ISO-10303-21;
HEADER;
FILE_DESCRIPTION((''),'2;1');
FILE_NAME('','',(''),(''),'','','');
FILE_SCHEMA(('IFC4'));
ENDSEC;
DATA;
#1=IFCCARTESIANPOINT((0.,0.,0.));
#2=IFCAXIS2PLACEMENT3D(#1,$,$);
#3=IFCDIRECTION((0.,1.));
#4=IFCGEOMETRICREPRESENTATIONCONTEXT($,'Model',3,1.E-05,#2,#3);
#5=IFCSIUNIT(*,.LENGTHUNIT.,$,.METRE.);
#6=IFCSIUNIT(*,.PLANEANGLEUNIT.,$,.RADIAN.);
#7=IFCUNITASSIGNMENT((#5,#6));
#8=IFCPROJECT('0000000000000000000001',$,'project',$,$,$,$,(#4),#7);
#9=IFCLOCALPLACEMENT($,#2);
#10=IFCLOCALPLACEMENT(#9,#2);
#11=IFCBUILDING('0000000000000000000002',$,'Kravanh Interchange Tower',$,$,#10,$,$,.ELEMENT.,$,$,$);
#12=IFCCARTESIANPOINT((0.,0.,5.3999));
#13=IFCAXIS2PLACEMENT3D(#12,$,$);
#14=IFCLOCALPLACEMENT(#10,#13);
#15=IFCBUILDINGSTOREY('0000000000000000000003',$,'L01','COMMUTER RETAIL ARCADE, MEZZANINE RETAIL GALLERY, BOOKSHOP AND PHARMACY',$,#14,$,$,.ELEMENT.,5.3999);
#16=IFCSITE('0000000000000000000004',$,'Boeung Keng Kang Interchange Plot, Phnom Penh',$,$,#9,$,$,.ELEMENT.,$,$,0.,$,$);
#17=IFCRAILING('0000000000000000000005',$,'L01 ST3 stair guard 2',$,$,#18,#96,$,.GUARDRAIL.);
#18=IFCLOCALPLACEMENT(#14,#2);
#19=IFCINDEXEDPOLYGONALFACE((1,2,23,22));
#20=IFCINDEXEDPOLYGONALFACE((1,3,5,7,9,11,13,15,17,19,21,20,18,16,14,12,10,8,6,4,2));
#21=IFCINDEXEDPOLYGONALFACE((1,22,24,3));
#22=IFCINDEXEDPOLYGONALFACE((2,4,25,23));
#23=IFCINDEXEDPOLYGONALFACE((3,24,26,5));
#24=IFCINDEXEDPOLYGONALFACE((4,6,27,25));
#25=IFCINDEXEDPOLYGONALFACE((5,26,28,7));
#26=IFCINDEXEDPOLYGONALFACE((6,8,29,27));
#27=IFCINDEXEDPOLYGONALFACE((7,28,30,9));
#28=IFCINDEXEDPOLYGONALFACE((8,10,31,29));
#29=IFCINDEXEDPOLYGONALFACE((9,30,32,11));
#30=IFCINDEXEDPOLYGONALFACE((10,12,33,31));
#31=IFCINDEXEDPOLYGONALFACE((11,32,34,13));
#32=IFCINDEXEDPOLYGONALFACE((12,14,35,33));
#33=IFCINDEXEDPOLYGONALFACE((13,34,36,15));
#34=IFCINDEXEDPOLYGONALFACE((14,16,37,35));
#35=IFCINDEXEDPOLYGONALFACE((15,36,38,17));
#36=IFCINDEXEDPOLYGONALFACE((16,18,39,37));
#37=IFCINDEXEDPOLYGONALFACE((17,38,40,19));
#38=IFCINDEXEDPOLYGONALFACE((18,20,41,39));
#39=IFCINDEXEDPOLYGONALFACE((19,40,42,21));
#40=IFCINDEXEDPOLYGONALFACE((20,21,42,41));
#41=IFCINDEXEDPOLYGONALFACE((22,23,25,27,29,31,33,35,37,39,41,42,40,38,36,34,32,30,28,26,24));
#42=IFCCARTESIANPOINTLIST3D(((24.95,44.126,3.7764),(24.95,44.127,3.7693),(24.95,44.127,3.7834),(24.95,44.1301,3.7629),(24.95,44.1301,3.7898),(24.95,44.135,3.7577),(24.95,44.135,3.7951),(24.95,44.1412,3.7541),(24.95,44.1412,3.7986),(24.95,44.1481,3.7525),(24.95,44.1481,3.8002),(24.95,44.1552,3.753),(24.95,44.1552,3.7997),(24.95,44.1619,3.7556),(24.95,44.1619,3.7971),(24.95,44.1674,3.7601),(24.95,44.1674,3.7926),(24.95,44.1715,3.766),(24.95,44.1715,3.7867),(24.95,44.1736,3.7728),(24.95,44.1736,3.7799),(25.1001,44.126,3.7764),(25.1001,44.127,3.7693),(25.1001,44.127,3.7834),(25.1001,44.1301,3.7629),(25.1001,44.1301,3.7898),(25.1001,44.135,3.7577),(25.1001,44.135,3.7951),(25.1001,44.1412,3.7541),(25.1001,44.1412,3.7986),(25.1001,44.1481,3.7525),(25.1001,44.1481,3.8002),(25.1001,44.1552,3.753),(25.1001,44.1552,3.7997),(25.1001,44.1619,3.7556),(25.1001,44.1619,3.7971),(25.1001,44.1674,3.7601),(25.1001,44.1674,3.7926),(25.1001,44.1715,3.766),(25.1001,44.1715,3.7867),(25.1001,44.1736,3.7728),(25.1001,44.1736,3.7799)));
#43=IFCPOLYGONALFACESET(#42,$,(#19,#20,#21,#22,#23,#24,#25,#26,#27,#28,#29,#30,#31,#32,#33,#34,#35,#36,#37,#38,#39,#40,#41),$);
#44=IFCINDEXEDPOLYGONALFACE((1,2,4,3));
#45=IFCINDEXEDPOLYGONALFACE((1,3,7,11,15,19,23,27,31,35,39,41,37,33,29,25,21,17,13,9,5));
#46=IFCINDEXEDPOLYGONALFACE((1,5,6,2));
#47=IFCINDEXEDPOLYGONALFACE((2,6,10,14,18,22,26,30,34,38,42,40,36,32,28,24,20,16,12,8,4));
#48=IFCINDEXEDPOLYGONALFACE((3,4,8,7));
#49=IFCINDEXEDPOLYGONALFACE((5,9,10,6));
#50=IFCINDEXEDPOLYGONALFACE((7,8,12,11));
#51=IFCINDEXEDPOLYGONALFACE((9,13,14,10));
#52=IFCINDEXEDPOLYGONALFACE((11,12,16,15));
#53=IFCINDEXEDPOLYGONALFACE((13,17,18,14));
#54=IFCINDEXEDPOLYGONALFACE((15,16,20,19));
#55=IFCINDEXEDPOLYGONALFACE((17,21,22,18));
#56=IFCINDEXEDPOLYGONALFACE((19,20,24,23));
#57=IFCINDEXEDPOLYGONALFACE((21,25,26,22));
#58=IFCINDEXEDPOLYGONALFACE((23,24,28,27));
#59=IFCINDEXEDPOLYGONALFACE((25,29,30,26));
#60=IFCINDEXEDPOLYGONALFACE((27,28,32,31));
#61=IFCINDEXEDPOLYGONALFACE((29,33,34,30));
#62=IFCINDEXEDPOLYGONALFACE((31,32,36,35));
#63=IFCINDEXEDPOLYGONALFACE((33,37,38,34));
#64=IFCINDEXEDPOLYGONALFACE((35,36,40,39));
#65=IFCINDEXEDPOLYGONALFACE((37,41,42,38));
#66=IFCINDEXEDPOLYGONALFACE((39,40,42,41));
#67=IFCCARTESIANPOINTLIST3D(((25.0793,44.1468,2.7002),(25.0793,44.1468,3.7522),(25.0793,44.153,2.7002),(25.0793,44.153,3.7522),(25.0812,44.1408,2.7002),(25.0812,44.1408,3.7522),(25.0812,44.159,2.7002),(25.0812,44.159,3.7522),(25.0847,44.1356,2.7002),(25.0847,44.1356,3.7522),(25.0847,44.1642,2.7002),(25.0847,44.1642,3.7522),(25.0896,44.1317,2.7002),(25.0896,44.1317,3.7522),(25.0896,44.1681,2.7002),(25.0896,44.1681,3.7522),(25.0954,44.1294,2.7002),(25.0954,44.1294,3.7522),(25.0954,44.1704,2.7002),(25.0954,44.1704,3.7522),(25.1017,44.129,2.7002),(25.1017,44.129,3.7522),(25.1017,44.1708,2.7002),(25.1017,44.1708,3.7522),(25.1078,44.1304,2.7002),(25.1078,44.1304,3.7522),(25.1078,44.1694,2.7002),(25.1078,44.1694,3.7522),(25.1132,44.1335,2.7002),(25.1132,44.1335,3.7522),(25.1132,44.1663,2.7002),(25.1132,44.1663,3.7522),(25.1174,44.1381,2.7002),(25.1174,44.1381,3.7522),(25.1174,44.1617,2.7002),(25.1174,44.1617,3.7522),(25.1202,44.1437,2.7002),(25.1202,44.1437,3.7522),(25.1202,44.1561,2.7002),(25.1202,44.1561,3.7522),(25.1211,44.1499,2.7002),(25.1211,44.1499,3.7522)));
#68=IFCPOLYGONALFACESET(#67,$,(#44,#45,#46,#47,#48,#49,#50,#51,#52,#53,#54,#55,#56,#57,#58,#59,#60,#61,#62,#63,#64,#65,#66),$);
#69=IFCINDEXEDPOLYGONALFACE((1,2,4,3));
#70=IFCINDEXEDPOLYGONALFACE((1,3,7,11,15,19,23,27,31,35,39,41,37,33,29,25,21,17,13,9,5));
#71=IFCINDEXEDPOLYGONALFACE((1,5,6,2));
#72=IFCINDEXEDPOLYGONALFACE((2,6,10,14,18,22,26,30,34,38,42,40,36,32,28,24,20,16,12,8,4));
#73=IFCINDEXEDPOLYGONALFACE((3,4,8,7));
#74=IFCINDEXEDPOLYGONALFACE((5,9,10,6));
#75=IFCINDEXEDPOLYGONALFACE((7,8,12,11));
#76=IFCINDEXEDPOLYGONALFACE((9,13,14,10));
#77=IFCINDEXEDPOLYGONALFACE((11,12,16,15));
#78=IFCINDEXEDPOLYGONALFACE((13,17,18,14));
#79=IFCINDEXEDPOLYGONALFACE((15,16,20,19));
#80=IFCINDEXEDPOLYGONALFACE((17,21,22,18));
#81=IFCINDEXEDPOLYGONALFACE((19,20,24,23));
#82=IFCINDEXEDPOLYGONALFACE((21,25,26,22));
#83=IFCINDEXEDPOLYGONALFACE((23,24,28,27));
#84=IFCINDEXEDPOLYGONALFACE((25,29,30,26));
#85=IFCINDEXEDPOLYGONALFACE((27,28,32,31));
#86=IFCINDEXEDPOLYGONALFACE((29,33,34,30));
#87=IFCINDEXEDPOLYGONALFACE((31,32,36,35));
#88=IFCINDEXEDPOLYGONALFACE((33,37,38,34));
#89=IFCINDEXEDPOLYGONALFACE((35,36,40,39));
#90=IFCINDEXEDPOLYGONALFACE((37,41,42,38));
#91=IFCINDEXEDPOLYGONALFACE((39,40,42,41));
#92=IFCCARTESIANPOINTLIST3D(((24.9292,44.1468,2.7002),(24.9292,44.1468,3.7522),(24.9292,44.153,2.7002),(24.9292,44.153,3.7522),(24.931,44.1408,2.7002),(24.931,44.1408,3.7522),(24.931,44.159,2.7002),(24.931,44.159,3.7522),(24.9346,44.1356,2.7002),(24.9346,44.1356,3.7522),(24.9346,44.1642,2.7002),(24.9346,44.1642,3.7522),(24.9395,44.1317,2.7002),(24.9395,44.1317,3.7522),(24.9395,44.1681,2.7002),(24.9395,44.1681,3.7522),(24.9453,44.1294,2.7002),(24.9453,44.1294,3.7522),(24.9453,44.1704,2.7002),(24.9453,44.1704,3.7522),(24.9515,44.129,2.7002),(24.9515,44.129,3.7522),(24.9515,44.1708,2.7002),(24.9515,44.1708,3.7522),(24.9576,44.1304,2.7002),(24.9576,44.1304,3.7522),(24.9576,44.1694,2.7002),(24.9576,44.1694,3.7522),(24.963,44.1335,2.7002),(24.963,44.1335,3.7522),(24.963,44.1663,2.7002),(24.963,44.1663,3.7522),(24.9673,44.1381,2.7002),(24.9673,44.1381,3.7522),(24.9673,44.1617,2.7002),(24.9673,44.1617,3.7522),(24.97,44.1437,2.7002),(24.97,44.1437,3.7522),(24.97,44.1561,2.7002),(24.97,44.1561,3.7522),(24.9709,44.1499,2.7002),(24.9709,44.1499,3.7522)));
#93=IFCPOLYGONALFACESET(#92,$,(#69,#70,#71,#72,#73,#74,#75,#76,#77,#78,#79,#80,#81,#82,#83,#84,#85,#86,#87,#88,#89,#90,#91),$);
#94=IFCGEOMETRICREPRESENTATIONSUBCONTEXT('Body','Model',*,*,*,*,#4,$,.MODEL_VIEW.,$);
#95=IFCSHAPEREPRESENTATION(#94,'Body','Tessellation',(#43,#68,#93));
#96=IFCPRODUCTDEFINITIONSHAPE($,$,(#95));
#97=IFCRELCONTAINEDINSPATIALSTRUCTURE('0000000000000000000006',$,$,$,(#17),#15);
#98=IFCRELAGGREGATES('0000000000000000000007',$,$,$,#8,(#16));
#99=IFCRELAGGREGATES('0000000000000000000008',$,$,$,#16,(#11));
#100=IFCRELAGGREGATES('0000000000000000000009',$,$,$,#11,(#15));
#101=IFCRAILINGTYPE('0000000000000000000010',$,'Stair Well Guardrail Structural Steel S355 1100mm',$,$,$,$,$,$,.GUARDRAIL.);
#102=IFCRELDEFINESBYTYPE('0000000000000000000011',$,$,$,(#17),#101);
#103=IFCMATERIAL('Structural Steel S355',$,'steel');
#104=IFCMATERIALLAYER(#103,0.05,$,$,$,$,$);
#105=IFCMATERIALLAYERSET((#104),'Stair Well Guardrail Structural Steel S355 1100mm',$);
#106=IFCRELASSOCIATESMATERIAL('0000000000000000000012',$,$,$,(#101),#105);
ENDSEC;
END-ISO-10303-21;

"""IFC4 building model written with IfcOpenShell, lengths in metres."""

from ifc_helpers import new_model, si_unit, direction, frame, origin, origin_2d, place, context, subcontext, project, spatial, circle, extrude, material, layer, layer_set, type_object, element, save


model = new_model("IFC4")

# Units and contexts
model_context = context("Model", 3, precision=1e-05, world=origin(), true_north=direction((0.0, 1.0)))
body_context = subcontext(model_context, "Body", "Model", "MODEL_VIEW")
ifc_project = project(units=[si_unit("LENGTHUNIT", "METRE"), si_unit("PLANEANGLEUNIT", "RADIAN")], contexts=[model_context])

# Site, building, storey
site_placement = place(None, origin())
site = spatial("IfcSite", under=ifc_project, at=site_placement, Name="Boeung Keng Kang Interchange Plot, Phnom Penh", CompositionType="ELEMENT", RefElevation=0.0)
building_placement = place(site_placement, origin())
building = spatial("IfcBuilding", under=site, at=building_placement, Name="Kravanh Interchange Tower", CompositionType="ELEMENT")
storey_placement = place(building_placement, frame((0.0, 0.0, 5.3999)))
storey = spatial("IfcBuildingStorey", under=building, at=storey_placement, Name="L01", Description="COMMUTER RETAIL ARCADE, MEZZANINE RETAIL GALLERY, BOOKSHOP AND PHARMACY", CompositionType="ELEMENT", Elevation=5.3999)

# Railing
ifc_material_1 = material(Name="Structural Steel S355", Category="steel")
ifc_layer_1 = layer(ifc_material_1, 0.05)
ifc_layer_set_1 = layer_set([ifc_layer_1], Name="Stair Well Guardrail Structural Steel S355 1100mm")
railing_type_1 = type_object("IfcRailingType", Name="Stair Well Guardrail Structural Steel S355 1100mm", PredefinedType="GUARDRAIL", material=ifc_layer_set_1)
railing_1_placement = place(storey_placement, frame((25.1001, 44.1499, 2.7002)))
element("IfcRailing", 1, at=railing_1_placement, inside=storey, type_object=railing_type_1, Name="L01 ST3 stair guard 2", PredefinedType="GUARDRAIL", context=body_context, shape_type="SweptSolid", body=[
    extrude(circle(Radius=0.0239, at=origin_2d()), frame((0.0, 0.0, 1.0762), z_axis=(-1.0, 0.0, 0.0), x_axis=(0.0, -1.0, 0.0)), (0.0, 0.0, 1.0), 0.1501),
    extrude(circle(Radius=0.021, at=origin_2d()), origin(), (0.0, 0.0, 1.0), 1.052),
    extrude(circle(Radius=0.021, at=origin_2d()), frame((-0.1501, 0.0, 0.0)), (0.0, 0.0, 1.0), 1.052),
])

save(model, "model.ifc")
